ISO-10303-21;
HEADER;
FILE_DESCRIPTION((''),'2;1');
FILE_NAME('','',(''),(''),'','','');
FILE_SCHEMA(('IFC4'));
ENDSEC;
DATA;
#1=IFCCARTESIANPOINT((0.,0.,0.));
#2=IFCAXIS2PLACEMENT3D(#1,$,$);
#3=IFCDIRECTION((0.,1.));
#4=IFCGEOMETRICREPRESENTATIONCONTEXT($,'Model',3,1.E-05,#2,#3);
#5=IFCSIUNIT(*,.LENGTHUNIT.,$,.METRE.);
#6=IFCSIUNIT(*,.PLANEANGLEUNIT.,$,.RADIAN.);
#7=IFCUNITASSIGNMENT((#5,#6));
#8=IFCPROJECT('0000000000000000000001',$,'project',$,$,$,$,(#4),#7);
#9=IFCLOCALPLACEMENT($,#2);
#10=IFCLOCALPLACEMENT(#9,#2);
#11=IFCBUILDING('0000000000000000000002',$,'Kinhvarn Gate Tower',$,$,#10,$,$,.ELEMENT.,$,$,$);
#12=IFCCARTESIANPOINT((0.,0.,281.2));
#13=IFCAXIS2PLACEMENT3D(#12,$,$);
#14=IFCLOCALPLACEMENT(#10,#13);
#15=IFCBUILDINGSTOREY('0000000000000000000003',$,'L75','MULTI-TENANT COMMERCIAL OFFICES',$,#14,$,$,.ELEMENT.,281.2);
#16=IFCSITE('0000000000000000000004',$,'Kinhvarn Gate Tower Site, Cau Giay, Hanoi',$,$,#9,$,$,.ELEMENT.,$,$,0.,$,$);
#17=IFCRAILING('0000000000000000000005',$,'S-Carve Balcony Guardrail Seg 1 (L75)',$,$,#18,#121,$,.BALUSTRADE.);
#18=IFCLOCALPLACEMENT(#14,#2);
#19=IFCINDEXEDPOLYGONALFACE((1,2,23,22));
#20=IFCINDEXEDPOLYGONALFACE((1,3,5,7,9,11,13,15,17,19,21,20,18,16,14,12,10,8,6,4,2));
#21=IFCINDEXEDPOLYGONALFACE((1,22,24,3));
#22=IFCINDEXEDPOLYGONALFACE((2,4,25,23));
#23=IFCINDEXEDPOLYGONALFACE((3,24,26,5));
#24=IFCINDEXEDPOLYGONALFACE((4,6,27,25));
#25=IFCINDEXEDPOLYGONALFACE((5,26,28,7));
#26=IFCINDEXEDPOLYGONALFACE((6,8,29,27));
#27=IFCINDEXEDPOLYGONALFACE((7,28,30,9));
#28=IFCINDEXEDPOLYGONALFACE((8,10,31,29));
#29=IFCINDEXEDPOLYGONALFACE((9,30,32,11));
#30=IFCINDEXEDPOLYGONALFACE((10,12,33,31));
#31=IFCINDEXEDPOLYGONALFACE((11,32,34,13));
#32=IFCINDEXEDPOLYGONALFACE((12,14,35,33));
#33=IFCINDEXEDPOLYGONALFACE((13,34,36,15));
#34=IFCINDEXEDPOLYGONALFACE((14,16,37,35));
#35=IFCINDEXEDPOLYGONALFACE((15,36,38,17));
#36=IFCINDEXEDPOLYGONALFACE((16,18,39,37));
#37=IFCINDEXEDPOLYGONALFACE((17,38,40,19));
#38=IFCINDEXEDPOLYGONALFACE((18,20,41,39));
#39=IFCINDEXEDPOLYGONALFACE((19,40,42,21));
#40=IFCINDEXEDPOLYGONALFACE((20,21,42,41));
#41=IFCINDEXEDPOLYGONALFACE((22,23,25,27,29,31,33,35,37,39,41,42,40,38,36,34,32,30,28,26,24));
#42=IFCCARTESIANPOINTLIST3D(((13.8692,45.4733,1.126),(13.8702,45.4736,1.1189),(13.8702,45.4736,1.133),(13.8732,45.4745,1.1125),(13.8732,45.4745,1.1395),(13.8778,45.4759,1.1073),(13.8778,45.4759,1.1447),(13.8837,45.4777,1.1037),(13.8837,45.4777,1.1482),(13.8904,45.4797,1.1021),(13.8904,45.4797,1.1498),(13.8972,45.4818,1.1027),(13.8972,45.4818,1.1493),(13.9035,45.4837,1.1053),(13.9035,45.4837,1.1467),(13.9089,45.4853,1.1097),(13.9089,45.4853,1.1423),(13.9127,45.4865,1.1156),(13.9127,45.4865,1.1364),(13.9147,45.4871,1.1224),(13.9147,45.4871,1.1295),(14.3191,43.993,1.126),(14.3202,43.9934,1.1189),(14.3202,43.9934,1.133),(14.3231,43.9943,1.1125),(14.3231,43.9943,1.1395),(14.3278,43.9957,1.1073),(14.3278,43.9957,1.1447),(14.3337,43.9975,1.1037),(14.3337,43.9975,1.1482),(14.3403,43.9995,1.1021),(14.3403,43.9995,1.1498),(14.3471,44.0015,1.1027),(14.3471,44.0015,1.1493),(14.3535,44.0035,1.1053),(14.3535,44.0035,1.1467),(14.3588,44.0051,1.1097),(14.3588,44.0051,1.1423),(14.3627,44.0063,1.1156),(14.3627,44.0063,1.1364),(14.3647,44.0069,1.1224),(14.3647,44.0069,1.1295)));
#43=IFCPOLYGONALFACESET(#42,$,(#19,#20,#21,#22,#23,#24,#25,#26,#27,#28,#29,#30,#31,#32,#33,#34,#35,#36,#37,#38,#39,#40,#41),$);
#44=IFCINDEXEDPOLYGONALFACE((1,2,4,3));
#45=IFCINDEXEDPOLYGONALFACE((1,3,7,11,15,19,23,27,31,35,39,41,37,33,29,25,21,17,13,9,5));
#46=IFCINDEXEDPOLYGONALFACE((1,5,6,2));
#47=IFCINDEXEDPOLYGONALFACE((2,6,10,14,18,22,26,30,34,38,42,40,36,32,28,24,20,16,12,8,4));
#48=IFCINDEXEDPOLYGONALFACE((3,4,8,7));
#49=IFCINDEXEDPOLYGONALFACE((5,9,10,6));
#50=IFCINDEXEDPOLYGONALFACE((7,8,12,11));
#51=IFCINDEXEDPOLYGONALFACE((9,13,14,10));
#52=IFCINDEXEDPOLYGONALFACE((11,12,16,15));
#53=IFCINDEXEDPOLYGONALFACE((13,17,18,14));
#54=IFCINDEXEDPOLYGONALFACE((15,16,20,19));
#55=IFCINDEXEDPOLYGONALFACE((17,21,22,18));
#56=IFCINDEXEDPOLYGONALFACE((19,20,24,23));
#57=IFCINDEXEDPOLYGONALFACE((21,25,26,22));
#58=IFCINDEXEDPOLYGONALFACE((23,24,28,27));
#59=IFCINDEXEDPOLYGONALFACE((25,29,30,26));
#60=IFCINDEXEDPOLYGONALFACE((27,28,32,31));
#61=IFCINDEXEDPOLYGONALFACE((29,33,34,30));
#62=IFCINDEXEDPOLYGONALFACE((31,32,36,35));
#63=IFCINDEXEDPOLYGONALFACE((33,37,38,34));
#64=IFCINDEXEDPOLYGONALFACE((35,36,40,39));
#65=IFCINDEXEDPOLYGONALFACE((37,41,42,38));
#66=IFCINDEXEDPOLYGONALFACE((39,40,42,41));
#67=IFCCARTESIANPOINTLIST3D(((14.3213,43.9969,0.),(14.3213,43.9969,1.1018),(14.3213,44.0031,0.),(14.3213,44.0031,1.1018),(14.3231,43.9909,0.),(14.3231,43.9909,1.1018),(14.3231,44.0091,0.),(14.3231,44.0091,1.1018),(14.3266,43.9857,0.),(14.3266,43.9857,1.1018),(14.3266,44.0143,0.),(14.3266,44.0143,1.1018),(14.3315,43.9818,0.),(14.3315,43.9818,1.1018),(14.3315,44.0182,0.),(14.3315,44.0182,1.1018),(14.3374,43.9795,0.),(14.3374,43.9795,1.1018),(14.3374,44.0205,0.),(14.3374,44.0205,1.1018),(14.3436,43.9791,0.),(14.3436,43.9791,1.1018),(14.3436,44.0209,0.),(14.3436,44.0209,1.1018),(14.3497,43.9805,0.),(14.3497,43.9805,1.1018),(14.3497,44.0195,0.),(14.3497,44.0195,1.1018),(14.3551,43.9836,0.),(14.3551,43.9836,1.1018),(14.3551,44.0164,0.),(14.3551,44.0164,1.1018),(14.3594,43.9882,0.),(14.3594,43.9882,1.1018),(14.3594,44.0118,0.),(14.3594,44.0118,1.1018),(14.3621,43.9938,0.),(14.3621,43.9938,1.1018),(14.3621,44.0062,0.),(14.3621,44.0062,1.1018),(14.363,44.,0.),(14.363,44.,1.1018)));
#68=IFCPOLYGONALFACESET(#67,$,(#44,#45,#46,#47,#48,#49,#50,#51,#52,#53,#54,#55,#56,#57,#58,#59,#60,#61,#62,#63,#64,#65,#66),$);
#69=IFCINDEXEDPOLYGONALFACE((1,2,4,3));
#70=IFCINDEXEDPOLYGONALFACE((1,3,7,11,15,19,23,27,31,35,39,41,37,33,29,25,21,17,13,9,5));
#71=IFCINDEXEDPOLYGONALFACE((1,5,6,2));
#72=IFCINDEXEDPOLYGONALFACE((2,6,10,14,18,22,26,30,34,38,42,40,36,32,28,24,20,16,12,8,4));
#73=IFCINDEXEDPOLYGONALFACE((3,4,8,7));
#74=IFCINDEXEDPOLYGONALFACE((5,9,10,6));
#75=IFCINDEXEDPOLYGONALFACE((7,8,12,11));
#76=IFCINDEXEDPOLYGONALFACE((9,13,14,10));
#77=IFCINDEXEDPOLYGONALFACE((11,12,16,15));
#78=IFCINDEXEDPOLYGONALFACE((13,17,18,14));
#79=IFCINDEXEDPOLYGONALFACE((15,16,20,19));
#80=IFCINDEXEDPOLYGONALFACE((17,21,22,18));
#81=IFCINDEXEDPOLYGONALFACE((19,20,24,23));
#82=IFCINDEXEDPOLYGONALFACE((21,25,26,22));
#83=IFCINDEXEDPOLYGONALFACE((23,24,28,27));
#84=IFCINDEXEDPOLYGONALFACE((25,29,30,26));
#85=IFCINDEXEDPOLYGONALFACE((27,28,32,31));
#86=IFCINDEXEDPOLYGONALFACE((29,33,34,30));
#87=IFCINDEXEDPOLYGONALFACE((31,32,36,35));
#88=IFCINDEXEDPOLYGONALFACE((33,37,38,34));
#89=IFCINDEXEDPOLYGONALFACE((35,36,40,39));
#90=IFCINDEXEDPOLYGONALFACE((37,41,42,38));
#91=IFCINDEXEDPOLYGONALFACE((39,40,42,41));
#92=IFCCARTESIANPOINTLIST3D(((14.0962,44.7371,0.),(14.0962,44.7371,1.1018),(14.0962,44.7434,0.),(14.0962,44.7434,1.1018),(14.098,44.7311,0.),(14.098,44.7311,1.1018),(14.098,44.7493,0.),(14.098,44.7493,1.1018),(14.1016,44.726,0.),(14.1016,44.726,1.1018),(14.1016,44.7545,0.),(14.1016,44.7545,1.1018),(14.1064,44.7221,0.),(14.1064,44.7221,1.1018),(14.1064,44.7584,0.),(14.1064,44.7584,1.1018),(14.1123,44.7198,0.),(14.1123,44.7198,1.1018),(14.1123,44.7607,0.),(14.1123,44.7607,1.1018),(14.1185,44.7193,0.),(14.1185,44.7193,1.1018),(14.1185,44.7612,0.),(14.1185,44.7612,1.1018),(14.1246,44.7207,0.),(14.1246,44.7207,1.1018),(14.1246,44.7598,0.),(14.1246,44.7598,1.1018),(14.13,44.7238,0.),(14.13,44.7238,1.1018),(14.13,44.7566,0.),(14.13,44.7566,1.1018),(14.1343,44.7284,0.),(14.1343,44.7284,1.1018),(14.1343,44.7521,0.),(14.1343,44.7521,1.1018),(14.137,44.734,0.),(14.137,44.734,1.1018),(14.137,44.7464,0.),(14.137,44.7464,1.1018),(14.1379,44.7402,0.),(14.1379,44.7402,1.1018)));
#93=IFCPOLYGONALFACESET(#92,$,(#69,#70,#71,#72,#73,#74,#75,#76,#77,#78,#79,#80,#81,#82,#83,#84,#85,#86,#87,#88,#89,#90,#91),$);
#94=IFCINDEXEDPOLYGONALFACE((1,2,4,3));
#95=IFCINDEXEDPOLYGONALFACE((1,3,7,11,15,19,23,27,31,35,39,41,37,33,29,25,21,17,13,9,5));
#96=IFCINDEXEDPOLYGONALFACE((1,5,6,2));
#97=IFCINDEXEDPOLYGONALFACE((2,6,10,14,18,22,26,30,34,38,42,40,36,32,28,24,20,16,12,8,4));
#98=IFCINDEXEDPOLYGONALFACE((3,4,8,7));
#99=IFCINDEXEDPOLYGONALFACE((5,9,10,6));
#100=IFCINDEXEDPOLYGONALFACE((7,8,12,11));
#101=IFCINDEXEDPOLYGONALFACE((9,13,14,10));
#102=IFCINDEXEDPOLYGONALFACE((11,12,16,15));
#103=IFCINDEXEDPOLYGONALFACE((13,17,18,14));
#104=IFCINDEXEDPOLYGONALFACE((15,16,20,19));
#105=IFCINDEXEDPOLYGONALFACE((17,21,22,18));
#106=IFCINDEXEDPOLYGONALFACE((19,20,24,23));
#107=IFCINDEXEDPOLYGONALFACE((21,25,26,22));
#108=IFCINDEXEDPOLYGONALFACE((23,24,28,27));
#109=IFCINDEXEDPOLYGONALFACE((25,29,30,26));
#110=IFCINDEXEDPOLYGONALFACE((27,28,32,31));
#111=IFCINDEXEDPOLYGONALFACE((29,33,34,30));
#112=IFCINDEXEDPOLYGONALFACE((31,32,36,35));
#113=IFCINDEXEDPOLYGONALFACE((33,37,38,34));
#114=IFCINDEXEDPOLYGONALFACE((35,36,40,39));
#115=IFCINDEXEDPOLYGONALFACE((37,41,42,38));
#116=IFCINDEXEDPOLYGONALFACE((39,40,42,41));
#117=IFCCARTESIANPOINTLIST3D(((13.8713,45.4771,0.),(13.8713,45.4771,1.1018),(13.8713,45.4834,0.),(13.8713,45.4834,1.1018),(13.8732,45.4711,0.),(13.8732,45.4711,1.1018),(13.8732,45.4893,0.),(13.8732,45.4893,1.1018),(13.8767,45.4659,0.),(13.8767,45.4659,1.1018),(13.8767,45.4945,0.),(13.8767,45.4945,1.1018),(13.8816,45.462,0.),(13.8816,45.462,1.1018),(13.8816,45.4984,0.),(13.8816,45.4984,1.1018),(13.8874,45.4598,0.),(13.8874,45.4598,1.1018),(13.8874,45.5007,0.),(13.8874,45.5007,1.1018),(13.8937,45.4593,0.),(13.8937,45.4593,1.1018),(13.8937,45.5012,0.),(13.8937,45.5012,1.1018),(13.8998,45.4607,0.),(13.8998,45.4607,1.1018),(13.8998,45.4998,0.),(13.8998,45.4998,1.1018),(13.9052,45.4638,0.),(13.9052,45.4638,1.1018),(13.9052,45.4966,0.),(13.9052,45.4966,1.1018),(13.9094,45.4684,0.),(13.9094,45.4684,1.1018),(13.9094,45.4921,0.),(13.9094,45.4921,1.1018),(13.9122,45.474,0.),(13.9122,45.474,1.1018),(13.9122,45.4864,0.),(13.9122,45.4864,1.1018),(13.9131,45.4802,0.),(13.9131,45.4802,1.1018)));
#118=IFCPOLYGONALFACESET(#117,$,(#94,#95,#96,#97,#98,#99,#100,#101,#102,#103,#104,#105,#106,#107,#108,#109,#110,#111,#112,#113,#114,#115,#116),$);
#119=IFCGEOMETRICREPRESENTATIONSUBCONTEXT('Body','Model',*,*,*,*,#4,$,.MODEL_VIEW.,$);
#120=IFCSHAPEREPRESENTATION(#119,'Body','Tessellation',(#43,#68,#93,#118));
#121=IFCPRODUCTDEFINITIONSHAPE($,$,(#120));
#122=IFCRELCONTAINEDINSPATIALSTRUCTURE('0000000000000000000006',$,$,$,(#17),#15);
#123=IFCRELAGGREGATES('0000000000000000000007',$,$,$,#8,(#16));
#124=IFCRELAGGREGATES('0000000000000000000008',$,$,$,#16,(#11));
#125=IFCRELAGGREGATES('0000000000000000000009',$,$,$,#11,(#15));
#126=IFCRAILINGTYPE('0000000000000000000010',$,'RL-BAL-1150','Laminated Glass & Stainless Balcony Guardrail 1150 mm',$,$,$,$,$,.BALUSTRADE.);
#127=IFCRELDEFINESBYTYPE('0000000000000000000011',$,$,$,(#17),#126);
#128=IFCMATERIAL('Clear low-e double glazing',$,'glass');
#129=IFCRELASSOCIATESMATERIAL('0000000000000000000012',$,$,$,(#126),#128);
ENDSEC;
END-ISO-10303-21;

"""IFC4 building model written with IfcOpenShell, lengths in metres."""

from ifc_helpers import new_model, si_unit, direction, frame, origin, origin_2d, place, context, subcontext, project, spatial, circle, extrude, material, type_object, element, save


model = new_model("IFC4")

# Units and contexts
model_context = context("Model", 3, precision=1e-05, world=origin(), true_north=direction((0.0, 1.0)))
body_context = subcontext(model_context, "Body", "Model", "MODEL_VIEW")
ifc_project = project(units=[si_unit("LENGTHUNIT", "METRE"), si_unit("PLANEANGLEUNIT", "RADIAN")], contexts=[model_context])

# Site, building, storey
site_placement = place(None, origin())
site = spatial("IfcSite", under=ifc_project, at=site_placement, Name="Kinhvarn Gate Tower Site, Cau Giay, Hanoi", CompositionType="ELEMENT", RefElevation=0.0)
building_placement = place(site_placement, origin())
building = spatial("IfcBuilding", under=site, at=building_placement, Name="Kinhvarn Gate Tower", CompositionType="ELEMENT")
storey_placement = place(building_placement, frame((0.0, 0.0, 281.2)))
storey = spatial("IfcBuildingStorey", under=building, at=storey_placement, Name="L75", Description="MULTI-TENANT COMMERCIAL OFFICES", CompositionType="ELEMENT", Elevation=281.2)

# Shared definitions
ifc_material_1 = material(Name="Clear low-e double glazing", Category="glass")

# Railing
railing_type_1 = type_object("IfcRailingType", Name="RL-BAL-1150", Description="Laminated Glass & Stainless Balcony Guardrail 1150 mm", PredefinedType="BALUSTRADE", material=ifc_material_1)
railing_1_placement = place(storey_placement, frame((14.342, 44.0, 0.0)))
element("IfcRailing", 1, at=railing_1_placement, inside=storey, type_object=railing_type_1, Name="S-Carve Balcony Guardrail Seg 1 (L75)", PredefinedType="BALUSTRADE", context=body_context, shape_type="SweptSolid", body=[
    extrude(circle(Radius=0.0239, at=origin_2d()), frame((0.0, 0.0, 1.126), z_axis=(-0.290835, 0.956773, 0.0), x_axis=(-0.956773, -0.290835, 0.0)), (0.0, 0.0, 1.0), 1.5471),
    extrude(circle(Radius=0.021, at=origin_2d()), origin(), (0.0, 0.0, 1.0), 1.1018),
    extrude(circle(Radius=0.021, at=origin_2d()), frame((-0.2251, 0.7402, 0.0)), (0.0, 0.0, 1.0), 1.1018),
    extrude(circle(Radius=0.021, at=origin_2d()), frame((-0.45, 1.4802, 0.0)), (0.0, 0.0, 1.0), 1.1018),
])

save(model, "model.ifc")
